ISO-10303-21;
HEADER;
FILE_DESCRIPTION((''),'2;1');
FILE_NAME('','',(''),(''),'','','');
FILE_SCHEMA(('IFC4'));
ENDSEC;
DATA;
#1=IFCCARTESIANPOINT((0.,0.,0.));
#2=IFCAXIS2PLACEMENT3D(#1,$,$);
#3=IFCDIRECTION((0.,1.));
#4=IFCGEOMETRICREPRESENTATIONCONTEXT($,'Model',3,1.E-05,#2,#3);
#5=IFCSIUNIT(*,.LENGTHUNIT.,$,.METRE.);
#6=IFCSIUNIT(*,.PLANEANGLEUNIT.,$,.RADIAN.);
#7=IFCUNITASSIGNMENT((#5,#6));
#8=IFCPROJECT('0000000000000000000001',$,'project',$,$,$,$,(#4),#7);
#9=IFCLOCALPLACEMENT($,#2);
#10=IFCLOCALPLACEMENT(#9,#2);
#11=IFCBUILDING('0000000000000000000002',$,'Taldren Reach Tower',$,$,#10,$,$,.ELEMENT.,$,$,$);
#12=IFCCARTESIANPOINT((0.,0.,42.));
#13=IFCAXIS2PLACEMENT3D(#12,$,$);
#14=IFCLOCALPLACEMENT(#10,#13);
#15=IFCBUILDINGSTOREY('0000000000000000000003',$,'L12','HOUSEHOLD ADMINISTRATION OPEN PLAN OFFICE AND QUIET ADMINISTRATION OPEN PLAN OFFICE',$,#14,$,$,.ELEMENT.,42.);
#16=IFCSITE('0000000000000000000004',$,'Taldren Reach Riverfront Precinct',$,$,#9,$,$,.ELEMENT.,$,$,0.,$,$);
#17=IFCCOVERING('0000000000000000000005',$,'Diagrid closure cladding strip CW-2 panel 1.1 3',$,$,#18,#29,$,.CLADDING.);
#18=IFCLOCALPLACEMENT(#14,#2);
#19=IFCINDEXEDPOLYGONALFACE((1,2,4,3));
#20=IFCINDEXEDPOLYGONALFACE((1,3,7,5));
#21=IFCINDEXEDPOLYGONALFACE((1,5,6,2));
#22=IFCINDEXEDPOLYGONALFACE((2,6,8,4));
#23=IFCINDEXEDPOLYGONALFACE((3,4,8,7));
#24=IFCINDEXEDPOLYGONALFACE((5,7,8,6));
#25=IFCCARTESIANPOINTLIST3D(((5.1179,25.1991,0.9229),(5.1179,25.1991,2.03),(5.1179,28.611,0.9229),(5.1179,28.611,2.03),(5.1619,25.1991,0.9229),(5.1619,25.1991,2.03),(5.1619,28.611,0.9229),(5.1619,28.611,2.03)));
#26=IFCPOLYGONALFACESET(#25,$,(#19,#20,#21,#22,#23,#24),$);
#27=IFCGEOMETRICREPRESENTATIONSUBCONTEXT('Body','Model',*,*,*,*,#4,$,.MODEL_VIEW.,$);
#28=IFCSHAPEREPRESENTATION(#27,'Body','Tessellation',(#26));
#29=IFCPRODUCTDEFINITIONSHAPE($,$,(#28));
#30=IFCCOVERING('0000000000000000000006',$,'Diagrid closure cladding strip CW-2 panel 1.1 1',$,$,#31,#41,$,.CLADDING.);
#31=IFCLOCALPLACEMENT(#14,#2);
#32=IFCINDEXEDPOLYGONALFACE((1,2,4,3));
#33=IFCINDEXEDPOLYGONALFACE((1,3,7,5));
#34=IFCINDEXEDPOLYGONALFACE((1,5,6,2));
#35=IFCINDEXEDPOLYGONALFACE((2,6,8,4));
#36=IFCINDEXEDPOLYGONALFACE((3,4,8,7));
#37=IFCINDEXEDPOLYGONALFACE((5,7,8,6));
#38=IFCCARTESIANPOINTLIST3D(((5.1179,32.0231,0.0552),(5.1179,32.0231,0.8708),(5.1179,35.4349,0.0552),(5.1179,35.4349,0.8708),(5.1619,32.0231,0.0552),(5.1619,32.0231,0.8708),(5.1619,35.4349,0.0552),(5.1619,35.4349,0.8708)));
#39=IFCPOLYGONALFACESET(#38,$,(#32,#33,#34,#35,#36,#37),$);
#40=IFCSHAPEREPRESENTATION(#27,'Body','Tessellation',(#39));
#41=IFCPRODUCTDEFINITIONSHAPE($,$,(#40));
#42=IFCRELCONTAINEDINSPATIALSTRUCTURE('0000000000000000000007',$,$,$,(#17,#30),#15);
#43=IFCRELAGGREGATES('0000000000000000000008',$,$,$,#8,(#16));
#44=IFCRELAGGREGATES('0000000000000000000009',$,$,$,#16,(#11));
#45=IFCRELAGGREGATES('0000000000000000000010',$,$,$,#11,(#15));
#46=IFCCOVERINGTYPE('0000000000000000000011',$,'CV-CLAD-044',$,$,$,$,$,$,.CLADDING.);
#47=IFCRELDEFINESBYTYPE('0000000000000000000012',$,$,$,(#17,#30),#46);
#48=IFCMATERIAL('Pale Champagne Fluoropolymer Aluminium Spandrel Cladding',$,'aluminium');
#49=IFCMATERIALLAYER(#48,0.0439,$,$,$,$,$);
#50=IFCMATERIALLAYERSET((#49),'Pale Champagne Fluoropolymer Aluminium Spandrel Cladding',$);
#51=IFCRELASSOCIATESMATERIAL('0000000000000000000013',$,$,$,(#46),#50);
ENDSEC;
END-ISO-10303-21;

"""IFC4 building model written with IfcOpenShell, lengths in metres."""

from ifc_helpers import new_model, si_unit, direction, frame, origin, origin_2d, place, context, subcontext, project, spatial, rectangle, extrude, source, transform, mapped, material, layer, layer_set, type_object, element, save


model = new_model("IFC4")

# Units and contexts
model_context = context("Model", 3, precision=1e-05, world=origin(), true_north=direction((0.0, 1.0)))
body_context = subcontext(model_context, "Body", "Model", "MODEL_VIEW")
ifc_project = project(units=[si_unit("LENGTHUNIT", "METRE"), si_unit("PLANEANGLEUNIT", "RADIAN")], contexts=[model_context])

# Site, building, storey
site_placement = place(None, origin())
site = spatial("IfcSite", under=ifc_project, at=site_placement, Name="Taldren Reach Riverfront Precinct", CompositionType="ELEMENT", RefElevation=0.0)
building_placement = place(site_placement, origin())
building = spatial("IfcBuilding", under=site, at=building_placement, Name="Taldren Reach Tower", CompositionType="ELEMENT")
storey_placement = place(building_placement, frame((0.0, 0.0, 42.0)))
storey = spatial("IfcBuildingStorey", under=building, at=storey_placement, Name="L12", Description="HOUSEHOLD ADMINISTRATION OPEN PLAN OFFICE AND QUIET ADMINISTRATION OPEN PLAN OFFICE", CompositionType="ELEMENT", Elevation=42.0)

# Coverings
ifc_material_1 = material(Name="Pale Champagne Fluoropolymer Aluminium Spandrel Cladding", Category="aluminium")
ifc_layer_1 = layer(ifc_material_1, 0.0439)
ifc_layer_set_1 = layer_set([ifc_layer_1], Name="Pale Champagne Fluoropolymer Aluminium Spandrel Cladding")
covering_type = type_object("IfcCoveringType", Name="CV-CLAD-044", PredefinedType="CLADDING", material=ifc_layer_set_1)
shared_shape_1 = source(origin(), body_context, "Body", "SweptSolid", [
    extrude(rectangle(XDim=3.4119, YDim=0.0439, at=origin_2d()), origin(), (0.0, 0.0, 1.0), 1.1072),
])
for number, where, z_axis, x_axis, name in (
    (1, (5.1399, 26.905, 0.9229), (0.0, 0.0, 1.0), (0.0, -1.0, 0.0), "Diagrid closure cladding strip CW-2 panel 1.1 3"),
):
    element("IfcCovering", number, at=place(storey_placement, frame(where, z_axis=z_axis, x_axis=x_axis)), inside=storey, type_object=covering_type, Name=name, PredefinedType="CLADDING", context=body_context, shape_type="MappedRepresentation", body=[
        mapped(shared_shape_1, transform((0.0, 0.0, 0.0), scale=1.0)),
    ])
shared_shape_2 = source(origin(), body_context, "Body", "SweptSolid", [
    extrude(rectangle(XDim=3.4119, YDim=0.0439, at=origin_2d()), origin(), (0.0, 0.0, 1.0), 0.8157),
])
covering_placement = place(storey_placement, frame((5.1399, 33.729, 0.0552), z_axis=(0.0, 0.0, 1.0), x_axis=(0.0, -1.0, 0.0)))
element("IfcCovering", 2, at=covering_placement, inside=storey, type_object=covering_type, Name="Diagrid closure cladding strip CW-2 panel 1.1 1", PredefinedType="CLADDING", context=body_context, shape_type="MappedRepresentation", body=[
    mapped(shared_shape_2, transform((0.0, 0.0, 0.0), scale=1.0)),
])

save(model, "model.ifc")
